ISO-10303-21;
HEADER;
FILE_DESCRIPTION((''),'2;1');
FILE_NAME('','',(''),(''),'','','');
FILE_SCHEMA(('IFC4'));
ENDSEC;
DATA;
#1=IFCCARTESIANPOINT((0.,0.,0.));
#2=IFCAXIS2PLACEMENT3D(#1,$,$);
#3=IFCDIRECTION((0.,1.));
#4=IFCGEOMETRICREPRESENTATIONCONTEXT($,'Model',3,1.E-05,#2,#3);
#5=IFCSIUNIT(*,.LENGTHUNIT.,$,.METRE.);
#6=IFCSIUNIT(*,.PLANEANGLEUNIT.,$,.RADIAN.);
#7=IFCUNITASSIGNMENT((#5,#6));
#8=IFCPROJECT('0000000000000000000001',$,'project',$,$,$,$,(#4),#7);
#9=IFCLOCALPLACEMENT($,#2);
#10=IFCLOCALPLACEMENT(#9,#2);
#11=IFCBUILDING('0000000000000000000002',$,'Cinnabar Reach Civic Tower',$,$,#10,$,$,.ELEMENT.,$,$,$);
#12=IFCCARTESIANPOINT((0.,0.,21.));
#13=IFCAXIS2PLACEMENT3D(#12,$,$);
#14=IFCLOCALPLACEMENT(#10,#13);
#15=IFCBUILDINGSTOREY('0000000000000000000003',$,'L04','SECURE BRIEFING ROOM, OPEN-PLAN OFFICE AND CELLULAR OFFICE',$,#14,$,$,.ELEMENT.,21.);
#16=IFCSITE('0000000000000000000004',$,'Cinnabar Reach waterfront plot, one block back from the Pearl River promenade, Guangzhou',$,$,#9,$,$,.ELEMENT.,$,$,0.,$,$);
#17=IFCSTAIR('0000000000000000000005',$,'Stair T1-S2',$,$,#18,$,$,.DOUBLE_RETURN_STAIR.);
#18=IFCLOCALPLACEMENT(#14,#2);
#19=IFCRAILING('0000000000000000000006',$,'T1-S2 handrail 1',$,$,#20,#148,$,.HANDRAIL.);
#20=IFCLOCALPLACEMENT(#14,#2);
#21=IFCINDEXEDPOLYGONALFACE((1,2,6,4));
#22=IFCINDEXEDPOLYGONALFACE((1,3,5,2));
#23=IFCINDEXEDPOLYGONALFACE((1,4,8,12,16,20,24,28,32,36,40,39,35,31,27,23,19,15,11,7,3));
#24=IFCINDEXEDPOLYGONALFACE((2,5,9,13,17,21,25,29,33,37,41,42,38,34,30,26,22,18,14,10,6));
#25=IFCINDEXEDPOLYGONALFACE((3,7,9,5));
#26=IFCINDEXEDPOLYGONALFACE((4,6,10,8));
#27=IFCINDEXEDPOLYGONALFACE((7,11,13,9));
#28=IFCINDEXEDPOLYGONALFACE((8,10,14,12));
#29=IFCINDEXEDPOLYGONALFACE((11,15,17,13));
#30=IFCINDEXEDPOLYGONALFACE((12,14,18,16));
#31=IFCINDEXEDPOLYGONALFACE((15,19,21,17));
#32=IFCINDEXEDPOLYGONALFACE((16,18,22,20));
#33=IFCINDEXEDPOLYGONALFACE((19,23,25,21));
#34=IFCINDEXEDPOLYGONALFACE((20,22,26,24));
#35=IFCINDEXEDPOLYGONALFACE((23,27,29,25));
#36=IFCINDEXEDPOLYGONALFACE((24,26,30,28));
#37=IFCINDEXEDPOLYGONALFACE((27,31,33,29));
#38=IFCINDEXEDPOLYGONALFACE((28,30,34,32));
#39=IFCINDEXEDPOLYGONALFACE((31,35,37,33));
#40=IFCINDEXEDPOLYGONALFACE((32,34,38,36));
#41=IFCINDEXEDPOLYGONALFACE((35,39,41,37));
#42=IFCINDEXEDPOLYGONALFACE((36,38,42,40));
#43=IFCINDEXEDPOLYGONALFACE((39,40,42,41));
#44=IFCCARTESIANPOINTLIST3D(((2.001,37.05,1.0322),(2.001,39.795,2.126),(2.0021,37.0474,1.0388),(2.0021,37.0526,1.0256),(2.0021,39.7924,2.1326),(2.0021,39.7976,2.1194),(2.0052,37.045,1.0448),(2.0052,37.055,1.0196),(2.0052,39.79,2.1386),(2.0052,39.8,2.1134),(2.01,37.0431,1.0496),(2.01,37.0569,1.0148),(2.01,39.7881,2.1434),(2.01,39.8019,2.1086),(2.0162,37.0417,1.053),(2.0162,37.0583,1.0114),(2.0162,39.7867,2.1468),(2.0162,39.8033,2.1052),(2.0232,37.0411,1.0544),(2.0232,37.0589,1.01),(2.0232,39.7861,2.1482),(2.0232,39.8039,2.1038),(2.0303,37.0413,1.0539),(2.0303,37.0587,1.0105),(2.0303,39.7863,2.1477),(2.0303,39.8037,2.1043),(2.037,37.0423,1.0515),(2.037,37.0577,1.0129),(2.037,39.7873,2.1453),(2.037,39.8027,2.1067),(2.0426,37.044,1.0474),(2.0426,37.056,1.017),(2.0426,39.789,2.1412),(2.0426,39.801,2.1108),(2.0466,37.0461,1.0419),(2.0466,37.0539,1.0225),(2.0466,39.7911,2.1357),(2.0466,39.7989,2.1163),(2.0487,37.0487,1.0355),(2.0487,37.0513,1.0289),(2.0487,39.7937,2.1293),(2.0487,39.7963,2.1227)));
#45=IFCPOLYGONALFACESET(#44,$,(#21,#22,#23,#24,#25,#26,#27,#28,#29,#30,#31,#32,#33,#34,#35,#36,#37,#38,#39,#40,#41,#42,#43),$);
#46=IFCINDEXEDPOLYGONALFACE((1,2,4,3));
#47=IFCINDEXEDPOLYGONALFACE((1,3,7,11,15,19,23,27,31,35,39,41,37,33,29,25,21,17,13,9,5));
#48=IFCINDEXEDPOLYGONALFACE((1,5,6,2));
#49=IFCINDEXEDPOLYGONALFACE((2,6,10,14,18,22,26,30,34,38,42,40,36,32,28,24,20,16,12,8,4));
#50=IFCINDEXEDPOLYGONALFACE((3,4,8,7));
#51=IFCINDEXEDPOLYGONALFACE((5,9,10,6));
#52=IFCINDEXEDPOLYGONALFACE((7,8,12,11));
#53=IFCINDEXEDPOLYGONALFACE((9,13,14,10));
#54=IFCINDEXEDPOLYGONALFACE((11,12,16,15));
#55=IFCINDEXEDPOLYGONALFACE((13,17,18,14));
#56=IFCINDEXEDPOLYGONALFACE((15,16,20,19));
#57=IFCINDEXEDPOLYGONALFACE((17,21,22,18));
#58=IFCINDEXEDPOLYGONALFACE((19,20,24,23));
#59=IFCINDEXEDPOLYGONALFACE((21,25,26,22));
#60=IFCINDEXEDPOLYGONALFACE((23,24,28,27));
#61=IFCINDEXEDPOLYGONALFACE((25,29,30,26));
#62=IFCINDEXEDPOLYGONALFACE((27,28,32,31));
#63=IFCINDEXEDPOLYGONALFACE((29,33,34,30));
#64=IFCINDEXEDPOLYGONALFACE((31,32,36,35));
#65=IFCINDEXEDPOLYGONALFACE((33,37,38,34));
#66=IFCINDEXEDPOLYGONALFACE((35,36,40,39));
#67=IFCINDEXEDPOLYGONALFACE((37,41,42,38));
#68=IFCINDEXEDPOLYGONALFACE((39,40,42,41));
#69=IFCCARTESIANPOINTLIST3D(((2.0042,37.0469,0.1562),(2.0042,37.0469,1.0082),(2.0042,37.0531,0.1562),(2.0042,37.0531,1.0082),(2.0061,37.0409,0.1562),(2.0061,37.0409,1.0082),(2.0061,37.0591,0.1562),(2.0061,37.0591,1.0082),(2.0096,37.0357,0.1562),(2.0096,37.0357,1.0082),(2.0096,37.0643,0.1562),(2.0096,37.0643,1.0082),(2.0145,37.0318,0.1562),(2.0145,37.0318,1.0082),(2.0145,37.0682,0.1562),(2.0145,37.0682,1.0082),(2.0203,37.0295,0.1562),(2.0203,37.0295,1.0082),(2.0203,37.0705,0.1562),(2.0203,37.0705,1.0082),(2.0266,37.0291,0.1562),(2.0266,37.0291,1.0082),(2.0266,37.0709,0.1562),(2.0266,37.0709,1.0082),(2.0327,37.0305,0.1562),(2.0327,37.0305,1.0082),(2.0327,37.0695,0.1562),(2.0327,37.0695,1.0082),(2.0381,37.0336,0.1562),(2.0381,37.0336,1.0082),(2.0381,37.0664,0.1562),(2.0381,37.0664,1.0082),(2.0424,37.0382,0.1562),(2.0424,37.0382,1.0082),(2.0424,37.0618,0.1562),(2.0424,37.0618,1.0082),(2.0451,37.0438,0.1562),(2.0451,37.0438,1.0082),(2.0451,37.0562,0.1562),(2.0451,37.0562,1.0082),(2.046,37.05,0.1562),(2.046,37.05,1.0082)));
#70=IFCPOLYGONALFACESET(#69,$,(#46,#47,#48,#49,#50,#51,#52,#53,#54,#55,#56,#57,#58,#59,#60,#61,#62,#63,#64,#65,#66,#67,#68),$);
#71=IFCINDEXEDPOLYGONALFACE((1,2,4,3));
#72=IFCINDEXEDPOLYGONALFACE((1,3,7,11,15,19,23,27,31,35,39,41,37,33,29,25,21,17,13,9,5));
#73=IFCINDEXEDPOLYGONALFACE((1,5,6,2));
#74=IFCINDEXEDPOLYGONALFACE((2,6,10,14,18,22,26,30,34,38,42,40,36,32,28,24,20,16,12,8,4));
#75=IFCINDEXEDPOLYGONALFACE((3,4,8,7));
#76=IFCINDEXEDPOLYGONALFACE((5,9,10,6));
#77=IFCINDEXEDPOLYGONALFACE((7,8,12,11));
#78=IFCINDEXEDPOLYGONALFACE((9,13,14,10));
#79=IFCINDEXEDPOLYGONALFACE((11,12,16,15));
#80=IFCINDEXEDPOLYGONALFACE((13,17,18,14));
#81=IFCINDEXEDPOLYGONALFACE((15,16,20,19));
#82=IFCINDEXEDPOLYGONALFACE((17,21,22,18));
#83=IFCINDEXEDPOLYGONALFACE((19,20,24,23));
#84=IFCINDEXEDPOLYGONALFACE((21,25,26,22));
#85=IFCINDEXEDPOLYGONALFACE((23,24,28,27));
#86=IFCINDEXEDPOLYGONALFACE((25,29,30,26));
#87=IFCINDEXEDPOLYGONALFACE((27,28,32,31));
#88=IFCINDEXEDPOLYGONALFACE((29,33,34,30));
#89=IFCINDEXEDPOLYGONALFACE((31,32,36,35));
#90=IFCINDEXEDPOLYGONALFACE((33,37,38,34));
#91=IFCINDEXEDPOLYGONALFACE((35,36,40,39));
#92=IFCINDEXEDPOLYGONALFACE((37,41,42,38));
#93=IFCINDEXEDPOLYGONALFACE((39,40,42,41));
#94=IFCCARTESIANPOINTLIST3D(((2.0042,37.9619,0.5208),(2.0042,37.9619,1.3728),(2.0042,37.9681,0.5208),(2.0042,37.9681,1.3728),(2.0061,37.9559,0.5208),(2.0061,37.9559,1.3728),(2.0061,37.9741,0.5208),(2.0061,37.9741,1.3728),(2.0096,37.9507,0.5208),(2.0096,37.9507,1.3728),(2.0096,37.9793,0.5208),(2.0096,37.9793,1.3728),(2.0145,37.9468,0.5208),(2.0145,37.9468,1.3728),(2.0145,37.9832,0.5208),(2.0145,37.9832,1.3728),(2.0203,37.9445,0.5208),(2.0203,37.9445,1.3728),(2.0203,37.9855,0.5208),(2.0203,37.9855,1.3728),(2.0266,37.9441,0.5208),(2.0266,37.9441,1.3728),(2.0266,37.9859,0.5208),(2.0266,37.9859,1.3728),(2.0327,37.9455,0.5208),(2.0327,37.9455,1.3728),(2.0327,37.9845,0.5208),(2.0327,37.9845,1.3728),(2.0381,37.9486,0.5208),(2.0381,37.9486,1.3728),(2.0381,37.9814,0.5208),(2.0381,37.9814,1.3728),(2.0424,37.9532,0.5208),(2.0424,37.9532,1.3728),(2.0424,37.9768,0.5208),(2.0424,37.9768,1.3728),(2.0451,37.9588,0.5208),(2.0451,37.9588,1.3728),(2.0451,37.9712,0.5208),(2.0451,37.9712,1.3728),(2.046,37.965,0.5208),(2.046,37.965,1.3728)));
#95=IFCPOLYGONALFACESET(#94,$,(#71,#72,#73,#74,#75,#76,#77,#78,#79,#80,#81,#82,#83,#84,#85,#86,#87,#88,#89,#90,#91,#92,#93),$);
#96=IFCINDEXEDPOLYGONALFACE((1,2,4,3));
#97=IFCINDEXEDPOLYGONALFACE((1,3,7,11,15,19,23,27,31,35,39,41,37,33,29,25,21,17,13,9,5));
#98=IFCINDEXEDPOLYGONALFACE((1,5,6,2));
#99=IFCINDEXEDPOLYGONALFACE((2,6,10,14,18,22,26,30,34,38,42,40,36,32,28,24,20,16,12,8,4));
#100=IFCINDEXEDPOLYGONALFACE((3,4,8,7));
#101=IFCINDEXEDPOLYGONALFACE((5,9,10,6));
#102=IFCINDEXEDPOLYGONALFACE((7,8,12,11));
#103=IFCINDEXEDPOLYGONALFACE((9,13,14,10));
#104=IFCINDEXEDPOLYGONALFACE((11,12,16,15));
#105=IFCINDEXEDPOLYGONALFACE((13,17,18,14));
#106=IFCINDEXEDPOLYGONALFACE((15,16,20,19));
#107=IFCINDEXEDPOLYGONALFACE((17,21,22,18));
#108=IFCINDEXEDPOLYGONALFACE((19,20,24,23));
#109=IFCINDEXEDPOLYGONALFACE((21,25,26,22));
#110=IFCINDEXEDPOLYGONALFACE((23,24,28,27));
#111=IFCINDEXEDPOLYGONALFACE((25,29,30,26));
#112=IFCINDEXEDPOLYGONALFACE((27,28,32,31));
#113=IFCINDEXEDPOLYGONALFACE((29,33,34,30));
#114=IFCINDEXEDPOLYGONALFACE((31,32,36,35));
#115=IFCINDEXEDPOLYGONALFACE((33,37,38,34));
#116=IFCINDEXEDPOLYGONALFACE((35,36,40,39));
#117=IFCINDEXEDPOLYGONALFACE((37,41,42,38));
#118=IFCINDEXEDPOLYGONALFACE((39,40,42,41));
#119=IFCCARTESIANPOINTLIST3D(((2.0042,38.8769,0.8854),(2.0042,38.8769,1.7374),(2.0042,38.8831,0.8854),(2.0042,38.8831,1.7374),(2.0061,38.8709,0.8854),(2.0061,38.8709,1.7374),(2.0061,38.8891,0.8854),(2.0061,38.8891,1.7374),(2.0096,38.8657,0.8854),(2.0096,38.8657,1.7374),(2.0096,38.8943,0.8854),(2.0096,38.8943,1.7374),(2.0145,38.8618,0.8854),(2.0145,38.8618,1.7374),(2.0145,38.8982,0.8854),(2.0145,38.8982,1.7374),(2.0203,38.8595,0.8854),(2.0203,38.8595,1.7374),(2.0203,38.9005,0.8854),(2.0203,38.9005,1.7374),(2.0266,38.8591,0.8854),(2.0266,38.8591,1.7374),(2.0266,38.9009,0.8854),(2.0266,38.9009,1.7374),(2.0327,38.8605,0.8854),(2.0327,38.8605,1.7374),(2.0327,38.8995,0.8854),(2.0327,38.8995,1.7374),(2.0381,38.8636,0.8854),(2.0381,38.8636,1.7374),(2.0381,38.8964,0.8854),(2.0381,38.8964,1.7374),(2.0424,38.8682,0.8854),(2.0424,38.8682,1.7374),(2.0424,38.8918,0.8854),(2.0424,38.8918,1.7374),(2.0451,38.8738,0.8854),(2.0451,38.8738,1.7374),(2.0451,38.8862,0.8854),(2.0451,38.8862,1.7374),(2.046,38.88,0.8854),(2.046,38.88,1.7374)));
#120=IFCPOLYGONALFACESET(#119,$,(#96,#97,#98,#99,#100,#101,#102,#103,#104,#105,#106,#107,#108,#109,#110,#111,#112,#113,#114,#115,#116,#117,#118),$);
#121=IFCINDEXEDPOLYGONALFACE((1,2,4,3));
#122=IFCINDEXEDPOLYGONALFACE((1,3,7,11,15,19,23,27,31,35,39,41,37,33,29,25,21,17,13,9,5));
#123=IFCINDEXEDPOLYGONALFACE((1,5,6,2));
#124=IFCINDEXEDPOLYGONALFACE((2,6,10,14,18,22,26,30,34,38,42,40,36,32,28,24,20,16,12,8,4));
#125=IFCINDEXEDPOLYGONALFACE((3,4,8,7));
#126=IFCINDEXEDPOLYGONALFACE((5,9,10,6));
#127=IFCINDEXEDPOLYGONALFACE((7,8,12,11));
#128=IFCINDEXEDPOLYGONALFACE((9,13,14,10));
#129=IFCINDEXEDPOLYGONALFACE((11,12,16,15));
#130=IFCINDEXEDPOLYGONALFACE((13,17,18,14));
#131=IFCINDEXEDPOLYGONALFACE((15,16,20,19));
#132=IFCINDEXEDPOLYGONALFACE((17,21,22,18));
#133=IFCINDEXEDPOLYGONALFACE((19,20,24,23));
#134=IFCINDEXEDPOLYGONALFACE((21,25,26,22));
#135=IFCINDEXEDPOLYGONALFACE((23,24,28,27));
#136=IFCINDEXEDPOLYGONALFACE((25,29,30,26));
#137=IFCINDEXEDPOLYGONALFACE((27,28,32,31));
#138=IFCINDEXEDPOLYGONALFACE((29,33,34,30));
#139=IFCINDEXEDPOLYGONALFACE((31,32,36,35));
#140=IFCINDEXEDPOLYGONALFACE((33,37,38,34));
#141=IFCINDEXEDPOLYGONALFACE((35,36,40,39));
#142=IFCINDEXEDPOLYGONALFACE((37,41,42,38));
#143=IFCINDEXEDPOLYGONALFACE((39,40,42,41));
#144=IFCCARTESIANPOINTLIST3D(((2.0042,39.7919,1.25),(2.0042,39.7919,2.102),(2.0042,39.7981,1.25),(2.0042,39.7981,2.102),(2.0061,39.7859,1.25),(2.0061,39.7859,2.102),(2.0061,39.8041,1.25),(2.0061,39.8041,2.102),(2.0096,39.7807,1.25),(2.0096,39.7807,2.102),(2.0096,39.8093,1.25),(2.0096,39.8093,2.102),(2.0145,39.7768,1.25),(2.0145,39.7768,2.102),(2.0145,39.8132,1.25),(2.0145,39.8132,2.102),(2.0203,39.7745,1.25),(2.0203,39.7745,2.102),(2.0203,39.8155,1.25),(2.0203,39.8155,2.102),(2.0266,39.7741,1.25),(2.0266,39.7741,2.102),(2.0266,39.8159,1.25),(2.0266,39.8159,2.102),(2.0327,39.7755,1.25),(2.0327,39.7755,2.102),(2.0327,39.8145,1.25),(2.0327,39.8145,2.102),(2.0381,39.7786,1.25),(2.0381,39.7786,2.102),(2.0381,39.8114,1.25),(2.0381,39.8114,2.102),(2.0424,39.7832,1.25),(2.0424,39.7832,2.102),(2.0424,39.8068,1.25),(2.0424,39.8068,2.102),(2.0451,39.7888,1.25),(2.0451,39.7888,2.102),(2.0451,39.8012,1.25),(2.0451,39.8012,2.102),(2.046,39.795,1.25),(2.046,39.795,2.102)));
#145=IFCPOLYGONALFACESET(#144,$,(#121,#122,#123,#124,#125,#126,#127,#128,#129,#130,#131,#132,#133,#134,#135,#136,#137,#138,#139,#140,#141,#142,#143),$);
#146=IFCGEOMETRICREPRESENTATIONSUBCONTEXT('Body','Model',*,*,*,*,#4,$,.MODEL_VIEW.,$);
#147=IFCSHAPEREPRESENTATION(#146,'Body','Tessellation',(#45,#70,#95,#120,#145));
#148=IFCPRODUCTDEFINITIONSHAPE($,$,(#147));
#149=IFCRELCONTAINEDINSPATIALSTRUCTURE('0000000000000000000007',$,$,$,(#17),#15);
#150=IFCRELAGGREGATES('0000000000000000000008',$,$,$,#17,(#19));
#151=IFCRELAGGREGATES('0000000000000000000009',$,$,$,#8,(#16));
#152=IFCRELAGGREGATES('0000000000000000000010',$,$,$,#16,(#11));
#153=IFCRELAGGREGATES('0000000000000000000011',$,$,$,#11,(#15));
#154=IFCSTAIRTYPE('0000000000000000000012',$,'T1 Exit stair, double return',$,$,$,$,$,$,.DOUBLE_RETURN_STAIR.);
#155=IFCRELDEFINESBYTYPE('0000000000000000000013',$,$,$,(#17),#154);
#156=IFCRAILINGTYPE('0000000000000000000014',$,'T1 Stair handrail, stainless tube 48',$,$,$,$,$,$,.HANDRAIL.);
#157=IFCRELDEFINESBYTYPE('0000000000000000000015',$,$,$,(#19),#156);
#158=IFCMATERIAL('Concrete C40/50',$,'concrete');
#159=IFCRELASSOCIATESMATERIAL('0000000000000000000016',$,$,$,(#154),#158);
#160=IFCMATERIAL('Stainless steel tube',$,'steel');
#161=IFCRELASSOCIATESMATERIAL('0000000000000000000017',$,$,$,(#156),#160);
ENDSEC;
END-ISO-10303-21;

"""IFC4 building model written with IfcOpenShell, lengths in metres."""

from ifc_helpers import new_model, si_unit, direction, frame, origin, origin_2d, place, context, subcontext, project, spatial, circle, extrude, material, type_object, element, aggregate, save


model = new_model("IFC4")

# Units and contexts
model_context = context("Model", 3, precision=1e-05, world=origin(), true_north=direction((0.0, 1.0)))
body_context = subcontext(model_context, "Body", "Model", "MODEL_VIEW")
ifc_project = project(units=[si_unit("LENGTHUNIT", "METRE"), si_unit("PLANEANGLEUNIT", "RADIAN")], contexts=[model_context])

# Site, building, storey
site_placement = place(None, origin())
site = spatial("IfcSite", under=ifc_project, at=site_placement, Name="Cinnabar Reach waterfront plot, one block back from the Pearl River promenade, Guangzhou", CompositionType="ELEMENT", RefElevation=0.0)
building_placement = place(site_placement, origin())
building = spatial("IfcBuilding", under=site, at=building_placement, Name="Cinnabar Reach Civic Tower", CompositionType="ELEMENT")
storey_placement = place(building_placement, frame((0.0, 0.0, 21.0)))
storey = spatial("IfcBuildingStorey", under=building, at=storey_placement, Name="L04", Description="SECURE BRIEFING ROOM, OPEN-PLAN OFFICE AND CELLULAR OFFICE", CompositionType="ELEMENT", Elevation=21.0)

# Stair
ifc_material_1 = material(Name="Concrete C40/50", Category="concrete")
stair_type = type_object("IfcStairType", Name="T1 Exit stair, double return", PredefinedType="DOUBLE_RETURN_STAIR", material=ifc_material_1)
stair_1_placement = place(storey_placement, origin())
stair_1 = element("IfcStair", 1, at=stair_1_placement, inside=storey, type_object=stair_type, Name="Stair T1-S2", PredefinedType="DOUBLE_RETURN_STAIR")

# Railing
ifc_material_2 = material(Name="Stainless steel tube", Category="steel")
railing_type_1 = type_object("IfcRailingType", Name="T1 Stair handrail, stainless tube 48", PredefinedType="HANDRAIL", material=ifc_material_2)
railing_1_placement = place(storey_placement, frame((2.025, 37.05, 0.1562)))
railing_1 = element("IfcRailing", 2, at=railing_1_placement, type_object=railing_type_1, Name="T1-S2 handrail 1", PredefinedType="HANDRAIL", context=body_context, shape_type="SweptSolid", body=[
    extrude(circle(Radius=0.024, at=origin_2d()), frame((0.0, 0.0, 0.876), z_axis=(0.0, 0.928966, 0.370165), x_axis=(-1.0, 0.0, 0.0)), (0.0, 0.0, 1.0), 2.9549),
    extrude(circle(Radius=0.021, at=origin_2d()), origin(), (0.0, 0.0, 1.0), 0.852),
    extrude(circle(Radius=0.021, at=origin_2d()), frame((0.0, 0.915, 0.3646)), (0.0, 0.0, 1.0), 0.852),
    extrude(circle(Radius=0.021, at=origin_2d()), frame((0.0, 1.83, 0.7292)), (0.0, 0.0, 1.0), 0.852),
    extrude(circle(Radius=0.021, at=origin_2d()), frame((0.0, 2.745, 1.0938)), (0.0, 0.0, 1.0), 0.852),
])
aggregate(stair_1, [railing_1])

save(model, "model.ifc")
